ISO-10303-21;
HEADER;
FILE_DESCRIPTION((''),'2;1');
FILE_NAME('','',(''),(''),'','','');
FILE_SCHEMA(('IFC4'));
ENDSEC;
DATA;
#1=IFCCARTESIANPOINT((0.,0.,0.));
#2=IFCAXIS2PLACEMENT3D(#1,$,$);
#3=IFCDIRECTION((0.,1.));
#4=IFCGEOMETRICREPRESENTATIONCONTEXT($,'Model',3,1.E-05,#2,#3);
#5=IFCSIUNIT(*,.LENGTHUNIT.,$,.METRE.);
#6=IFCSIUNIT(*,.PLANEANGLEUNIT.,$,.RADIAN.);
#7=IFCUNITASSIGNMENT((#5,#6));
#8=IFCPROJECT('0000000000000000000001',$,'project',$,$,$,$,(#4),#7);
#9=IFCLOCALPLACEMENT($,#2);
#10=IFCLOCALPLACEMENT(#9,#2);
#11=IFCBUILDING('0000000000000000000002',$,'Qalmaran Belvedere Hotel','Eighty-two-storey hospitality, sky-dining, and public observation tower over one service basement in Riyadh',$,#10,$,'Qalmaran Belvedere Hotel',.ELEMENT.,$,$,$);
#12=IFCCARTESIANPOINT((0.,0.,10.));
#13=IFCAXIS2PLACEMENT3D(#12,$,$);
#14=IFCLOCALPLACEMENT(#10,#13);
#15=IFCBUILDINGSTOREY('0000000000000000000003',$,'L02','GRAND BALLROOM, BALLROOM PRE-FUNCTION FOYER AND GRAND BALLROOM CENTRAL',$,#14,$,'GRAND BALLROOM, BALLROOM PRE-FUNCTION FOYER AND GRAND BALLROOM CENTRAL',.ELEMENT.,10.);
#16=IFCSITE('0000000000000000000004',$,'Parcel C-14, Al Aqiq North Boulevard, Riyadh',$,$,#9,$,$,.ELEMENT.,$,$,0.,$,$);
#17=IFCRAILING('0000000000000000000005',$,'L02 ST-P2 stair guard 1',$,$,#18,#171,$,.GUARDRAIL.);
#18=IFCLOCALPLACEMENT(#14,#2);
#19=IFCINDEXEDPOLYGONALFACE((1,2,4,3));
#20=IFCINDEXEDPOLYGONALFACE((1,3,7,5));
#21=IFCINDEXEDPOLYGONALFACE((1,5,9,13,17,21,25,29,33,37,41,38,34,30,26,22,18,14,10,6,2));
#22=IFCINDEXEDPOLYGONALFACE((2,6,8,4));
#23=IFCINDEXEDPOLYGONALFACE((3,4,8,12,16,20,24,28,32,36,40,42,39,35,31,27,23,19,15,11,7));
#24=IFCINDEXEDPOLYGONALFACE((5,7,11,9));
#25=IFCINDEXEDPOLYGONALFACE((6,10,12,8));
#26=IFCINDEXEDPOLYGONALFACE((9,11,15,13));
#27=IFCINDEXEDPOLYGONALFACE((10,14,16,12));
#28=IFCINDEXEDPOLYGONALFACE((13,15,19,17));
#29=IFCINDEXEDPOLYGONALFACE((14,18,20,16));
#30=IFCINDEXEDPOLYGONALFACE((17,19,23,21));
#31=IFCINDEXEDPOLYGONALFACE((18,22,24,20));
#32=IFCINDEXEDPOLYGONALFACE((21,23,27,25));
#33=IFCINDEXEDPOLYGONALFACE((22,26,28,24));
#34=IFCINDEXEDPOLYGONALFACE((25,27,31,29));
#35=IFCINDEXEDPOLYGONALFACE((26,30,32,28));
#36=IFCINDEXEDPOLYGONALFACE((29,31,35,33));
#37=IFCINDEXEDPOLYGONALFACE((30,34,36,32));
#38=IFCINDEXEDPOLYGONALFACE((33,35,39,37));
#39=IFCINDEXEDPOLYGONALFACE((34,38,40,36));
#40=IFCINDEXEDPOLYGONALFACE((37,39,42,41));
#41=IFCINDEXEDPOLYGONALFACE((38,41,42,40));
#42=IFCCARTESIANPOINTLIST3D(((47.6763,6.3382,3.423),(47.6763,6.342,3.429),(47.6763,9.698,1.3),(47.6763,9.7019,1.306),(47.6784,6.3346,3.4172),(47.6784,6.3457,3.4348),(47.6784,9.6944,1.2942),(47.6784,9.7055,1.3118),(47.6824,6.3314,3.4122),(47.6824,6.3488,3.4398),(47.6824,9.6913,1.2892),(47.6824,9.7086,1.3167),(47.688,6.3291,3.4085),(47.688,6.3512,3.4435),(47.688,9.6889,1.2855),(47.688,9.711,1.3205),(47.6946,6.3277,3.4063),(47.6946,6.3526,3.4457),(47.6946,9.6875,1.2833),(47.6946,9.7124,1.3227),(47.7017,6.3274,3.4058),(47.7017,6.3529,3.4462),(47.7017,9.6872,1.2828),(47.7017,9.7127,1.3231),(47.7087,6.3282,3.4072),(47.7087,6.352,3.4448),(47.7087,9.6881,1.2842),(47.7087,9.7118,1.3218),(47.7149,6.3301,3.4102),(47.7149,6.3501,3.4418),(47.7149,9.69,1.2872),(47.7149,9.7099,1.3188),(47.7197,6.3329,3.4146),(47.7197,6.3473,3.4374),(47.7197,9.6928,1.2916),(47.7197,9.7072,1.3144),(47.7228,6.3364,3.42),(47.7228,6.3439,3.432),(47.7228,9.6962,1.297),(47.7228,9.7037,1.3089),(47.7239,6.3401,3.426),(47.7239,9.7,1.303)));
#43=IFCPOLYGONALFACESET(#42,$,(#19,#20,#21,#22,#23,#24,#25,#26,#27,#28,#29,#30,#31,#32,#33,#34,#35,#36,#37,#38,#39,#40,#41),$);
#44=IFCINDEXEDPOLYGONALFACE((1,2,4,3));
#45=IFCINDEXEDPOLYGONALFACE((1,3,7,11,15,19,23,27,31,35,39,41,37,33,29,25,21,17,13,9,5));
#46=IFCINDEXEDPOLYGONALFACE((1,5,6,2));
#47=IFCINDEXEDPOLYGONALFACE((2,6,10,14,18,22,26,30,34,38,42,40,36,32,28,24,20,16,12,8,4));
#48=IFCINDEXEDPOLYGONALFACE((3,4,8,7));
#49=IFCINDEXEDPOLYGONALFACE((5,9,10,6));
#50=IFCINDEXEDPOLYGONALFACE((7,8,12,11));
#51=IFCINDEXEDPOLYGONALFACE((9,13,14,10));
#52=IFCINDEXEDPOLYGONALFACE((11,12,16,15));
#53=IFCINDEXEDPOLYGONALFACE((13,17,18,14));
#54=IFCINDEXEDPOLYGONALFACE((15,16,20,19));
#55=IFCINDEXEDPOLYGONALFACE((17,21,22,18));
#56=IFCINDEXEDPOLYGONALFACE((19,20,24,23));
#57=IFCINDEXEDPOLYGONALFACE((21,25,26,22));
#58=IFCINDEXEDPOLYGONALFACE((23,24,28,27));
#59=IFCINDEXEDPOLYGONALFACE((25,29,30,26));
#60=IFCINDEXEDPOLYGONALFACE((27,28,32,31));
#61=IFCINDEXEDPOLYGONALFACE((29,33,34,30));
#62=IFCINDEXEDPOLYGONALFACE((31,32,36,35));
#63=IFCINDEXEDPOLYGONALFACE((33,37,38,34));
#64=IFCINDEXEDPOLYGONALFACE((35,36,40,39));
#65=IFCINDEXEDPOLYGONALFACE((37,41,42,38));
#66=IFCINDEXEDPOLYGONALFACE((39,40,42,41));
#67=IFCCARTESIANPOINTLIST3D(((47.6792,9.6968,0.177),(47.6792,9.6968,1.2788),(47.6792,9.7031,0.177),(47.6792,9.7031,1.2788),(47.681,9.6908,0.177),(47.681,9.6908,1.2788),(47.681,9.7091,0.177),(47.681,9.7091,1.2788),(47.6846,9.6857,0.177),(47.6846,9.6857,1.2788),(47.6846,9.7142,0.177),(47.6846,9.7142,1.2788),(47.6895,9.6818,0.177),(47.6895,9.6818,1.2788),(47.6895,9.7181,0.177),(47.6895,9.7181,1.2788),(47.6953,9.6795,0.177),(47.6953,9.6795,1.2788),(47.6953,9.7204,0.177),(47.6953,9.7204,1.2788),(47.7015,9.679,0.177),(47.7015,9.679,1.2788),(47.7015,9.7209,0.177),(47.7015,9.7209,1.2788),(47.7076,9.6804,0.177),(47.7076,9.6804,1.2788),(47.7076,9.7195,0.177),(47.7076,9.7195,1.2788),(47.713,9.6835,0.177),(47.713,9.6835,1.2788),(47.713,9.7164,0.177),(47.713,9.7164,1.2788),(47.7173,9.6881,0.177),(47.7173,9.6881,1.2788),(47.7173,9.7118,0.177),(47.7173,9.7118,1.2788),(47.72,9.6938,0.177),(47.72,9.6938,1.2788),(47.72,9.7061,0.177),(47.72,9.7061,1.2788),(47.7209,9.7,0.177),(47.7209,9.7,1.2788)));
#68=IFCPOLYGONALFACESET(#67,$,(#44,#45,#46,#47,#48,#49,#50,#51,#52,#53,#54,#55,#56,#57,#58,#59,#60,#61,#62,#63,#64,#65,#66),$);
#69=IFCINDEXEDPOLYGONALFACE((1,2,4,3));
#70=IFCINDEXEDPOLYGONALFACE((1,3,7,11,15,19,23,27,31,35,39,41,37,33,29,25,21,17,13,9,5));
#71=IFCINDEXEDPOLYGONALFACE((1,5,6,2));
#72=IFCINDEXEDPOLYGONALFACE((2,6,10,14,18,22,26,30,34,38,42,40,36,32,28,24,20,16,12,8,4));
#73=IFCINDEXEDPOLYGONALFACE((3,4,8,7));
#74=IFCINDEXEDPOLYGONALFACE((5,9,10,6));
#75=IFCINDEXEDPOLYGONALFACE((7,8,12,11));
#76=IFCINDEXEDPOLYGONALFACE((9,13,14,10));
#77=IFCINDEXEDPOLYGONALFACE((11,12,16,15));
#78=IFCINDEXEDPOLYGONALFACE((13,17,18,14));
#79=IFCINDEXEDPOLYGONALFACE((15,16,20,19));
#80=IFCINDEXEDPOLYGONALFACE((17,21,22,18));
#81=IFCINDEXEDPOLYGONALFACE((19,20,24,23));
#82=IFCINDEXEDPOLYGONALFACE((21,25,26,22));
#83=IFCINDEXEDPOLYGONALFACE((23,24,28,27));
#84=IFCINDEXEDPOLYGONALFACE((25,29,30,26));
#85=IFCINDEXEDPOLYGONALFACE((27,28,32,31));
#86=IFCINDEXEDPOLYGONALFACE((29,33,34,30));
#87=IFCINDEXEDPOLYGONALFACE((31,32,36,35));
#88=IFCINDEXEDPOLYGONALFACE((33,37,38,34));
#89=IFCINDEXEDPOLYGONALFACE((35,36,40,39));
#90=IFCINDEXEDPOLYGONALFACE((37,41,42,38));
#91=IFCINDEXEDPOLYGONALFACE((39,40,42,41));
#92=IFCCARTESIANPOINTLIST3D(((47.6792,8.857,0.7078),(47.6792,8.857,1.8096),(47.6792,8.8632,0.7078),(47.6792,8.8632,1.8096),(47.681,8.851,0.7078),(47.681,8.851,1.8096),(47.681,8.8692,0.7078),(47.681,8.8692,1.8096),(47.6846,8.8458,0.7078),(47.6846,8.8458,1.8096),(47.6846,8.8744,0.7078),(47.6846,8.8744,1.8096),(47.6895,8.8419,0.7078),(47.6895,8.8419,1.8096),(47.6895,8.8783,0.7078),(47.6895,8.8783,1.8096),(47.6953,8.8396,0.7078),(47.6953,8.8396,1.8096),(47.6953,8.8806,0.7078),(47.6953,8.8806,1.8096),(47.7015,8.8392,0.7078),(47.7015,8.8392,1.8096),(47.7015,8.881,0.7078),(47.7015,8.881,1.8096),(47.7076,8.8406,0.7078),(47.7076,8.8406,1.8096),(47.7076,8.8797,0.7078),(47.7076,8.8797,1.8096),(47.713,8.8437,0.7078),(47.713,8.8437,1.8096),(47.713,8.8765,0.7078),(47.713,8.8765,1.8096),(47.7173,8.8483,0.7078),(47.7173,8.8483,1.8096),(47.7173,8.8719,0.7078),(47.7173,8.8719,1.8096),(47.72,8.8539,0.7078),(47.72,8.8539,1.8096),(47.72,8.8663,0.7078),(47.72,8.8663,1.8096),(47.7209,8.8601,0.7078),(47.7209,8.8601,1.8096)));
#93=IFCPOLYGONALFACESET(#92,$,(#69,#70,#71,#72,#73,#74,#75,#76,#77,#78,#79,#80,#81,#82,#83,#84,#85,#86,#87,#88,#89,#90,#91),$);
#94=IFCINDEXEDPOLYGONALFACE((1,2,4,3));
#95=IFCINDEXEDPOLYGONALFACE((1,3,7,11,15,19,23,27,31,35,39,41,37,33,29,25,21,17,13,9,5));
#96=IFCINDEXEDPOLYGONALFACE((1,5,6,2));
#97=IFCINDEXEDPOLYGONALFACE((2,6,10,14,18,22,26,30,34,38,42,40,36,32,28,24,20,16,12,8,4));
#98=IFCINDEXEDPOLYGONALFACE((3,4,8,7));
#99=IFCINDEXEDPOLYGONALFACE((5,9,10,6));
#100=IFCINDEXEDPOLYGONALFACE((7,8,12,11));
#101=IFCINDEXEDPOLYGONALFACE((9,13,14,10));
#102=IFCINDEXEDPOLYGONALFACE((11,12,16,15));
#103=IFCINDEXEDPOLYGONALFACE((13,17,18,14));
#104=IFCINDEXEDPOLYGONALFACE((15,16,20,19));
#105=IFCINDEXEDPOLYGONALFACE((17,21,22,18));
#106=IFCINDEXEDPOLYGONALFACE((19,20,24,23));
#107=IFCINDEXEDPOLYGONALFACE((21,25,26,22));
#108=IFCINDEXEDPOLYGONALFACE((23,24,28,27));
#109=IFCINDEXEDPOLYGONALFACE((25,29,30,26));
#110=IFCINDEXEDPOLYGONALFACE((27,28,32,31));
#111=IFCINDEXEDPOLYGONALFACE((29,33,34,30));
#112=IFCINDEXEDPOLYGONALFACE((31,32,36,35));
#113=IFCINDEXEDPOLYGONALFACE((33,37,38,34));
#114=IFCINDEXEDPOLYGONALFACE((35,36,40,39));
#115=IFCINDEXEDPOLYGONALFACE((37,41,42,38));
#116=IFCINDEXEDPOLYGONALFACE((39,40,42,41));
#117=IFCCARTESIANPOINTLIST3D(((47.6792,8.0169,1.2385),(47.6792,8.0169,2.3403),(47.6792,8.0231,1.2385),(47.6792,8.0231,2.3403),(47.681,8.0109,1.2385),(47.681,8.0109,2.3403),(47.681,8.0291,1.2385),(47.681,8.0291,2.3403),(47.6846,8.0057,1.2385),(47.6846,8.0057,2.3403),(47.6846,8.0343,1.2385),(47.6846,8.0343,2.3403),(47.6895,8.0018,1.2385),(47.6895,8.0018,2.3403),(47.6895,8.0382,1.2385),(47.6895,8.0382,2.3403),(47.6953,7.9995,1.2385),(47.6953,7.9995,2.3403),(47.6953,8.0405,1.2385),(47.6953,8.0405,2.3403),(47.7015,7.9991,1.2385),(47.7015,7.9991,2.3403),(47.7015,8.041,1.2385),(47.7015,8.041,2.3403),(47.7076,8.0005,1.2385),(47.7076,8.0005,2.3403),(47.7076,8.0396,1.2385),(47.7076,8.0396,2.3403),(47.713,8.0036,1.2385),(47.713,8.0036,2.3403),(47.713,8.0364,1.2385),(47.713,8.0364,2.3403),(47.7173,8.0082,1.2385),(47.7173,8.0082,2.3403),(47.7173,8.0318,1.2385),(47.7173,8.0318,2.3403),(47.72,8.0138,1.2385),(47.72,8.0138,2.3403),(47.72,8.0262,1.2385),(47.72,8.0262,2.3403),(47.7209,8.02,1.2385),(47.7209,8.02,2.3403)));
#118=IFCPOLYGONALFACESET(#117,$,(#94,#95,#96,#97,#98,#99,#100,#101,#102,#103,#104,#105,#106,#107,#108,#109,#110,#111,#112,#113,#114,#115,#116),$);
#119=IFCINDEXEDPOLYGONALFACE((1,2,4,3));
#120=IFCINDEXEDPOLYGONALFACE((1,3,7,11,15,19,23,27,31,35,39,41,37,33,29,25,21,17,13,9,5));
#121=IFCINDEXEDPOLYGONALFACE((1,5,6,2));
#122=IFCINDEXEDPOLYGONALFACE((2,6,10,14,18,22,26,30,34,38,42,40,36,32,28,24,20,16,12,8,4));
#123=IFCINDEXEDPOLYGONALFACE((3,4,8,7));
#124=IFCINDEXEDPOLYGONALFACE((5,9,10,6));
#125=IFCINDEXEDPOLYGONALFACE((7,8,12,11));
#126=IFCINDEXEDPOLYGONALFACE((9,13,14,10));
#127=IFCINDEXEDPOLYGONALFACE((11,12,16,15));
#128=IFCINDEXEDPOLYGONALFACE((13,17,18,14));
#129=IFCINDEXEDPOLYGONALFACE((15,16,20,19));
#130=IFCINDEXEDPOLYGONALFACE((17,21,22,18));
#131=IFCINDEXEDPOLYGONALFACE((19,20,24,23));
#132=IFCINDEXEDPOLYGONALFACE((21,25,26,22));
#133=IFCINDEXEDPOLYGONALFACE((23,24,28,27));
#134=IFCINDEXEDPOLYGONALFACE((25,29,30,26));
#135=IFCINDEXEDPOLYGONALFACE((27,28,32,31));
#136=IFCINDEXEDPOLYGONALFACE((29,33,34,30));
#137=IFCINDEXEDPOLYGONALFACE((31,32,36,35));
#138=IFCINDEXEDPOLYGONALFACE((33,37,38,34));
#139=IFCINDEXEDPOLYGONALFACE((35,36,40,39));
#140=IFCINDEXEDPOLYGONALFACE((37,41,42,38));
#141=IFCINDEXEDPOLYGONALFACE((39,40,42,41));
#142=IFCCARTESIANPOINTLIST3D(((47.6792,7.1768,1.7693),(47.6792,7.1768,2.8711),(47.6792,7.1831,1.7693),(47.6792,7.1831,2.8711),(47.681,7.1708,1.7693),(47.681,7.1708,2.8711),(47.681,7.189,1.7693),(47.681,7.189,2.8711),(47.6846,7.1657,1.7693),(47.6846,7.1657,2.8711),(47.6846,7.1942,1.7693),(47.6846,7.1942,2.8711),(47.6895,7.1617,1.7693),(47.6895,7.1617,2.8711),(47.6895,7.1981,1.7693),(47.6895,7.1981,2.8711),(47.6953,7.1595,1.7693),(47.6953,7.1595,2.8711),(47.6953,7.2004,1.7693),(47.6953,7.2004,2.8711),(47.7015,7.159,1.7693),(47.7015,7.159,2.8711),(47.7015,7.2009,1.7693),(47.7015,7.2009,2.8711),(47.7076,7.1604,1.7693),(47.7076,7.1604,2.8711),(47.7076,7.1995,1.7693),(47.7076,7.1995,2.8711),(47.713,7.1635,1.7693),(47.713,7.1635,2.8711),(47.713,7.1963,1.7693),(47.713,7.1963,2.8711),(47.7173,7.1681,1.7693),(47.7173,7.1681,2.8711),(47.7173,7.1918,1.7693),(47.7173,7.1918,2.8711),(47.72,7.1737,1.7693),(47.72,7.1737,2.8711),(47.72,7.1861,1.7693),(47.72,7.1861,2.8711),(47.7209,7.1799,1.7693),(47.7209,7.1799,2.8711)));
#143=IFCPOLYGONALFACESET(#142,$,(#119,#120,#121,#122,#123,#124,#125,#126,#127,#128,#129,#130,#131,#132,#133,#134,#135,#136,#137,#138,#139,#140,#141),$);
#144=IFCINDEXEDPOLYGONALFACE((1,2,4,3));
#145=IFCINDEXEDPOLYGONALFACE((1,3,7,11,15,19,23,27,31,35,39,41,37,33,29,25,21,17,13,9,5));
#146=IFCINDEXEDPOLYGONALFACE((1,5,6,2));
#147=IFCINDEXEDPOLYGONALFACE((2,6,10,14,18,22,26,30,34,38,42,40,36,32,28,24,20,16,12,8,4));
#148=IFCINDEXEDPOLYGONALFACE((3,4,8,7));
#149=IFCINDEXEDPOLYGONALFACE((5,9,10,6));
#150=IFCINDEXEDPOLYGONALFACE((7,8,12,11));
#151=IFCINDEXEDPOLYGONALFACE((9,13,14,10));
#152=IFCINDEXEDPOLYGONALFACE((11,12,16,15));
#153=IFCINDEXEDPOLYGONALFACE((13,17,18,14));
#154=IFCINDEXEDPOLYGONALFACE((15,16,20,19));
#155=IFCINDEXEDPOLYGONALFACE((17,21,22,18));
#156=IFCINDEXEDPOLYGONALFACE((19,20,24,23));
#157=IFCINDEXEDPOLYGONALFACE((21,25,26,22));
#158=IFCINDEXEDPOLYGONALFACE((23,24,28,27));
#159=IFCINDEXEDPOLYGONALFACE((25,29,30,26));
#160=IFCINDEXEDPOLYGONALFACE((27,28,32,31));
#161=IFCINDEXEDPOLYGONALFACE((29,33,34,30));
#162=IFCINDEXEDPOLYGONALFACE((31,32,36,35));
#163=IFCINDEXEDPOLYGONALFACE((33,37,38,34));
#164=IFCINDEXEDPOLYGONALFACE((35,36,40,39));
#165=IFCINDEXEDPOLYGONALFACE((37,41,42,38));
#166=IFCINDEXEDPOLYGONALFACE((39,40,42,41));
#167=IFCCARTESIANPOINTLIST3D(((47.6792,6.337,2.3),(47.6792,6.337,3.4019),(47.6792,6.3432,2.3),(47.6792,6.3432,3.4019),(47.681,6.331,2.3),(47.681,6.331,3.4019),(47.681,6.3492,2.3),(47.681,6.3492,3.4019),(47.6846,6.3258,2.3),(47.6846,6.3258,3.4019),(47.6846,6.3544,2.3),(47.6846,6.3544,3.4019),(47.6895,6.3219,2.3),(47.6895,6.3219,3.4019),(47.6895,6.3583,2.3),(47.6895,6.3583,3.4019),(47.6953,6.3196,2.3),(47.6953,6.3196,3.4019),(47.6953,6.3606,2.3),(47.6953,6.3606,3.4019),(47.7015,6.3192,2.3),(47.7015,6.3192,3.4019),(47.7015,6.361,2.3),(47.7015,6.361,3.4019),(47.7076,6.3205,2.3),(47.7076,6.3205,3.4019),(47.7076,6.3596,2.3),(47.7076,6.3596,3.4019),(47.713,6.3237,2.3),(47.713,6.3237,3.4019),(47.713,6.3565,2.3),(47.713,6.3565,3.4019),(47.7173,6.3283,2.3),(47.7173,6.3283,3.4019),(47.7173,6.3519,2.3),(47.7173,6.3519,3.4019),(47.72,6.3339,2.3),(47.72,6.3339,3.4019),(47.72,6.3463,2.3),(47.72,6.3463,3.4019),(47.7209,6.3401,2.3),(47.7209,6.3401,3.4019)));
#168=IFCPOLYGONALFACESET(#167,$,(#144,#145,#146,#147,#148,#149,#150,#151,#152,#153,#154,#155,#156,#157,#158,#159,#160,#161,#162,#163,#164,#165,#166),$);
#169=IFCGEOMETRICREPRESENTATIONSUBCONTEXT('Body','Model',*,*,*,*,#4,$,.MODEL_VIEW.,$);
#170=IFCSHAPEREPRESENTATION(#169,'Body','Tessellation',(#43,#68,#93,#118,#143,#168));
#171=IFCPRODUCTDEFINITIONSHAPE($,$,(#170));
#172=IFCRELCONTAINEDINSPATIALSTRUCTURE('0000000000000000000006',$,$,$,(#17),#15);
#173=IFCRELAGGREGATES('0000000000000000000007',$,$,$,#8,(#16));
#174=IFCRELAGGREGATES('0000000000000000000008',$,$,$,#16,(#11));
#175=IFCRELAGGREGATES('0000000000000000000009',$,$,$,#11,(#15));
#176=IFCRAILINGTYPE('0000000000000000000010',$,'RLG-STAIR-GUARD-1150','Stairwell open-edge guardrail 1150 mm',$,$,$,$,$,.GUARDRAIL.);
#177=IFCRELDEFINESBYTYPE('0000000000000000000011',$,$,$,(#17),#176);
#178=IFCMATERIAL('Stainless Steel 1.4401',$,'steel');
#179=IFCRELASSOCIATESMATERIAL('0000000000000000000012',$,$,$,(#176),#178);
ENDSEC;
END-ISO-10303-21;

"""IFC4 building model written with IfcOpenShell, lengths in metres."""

from ifc_helpers import new_model, si_unit, direction, frame, origin, origin_2d, place, context, subcontext, project, spatial, circle, extrude, material, type_object, element, save


model = new_model("IFC4")

# Units and contexts
model_context = context("Model", 3, precision=1e-05, world=origin(), true_north=direction((0.0, 1.0)))
body_context = subcontext(model_context, "Body", "Model", "MODEL_VIEW")
ifc_project = project(units=[si_unit("LENGTHUNIT", "METRE"), si_unit("PLANEANGLEUNIT", "RADIAN")], contexts=[model_context])

# Site, building, storey
site_placement = place(None, origin())
site = spatial("IfcSite", under=ifc_project, at=site_placement, Name="Parcel C-14, Al Aqiq North Boulevard, Riyadh", CompositionType="ELEMENT", RefElevation=0.0)
building_placement = place(site_placement, origin())
building = spatial("IfcBuilding", under=site, at=building_placement, Name="Qalmaran Belvedere Hotel", Description="Eighty-two-storey hospitality, sky-dining, and public observation tower over one service basement in Riyadh", LongName="Qalmaran Belvedere Hotel", CompositionType="ELEMENT")
storey_placement = place(building_placement, frame((0.0, 0.0, 10.0)))
storey = spatial("IfcBuildingStorey", under=building, at=storey_placement, Name="L02", Description="GRAND BALLROOM, BALLROOM PRE-FUNCTION FOYER AND GRAND BALLROOM CENTRAL", LongName="GRAND BALLROOM, BALLROOM PRE-FUNCTION FOYER AND GRAND BALLROOM CENTRAL", CompositionType="ELEMENT", Elevation=10.0)

# Railing
ifc_material_1 = material(Name="Stainless Steel 1.4401", Category="steel")
railing_type_1 = type_object("IfcRailingType", Name="RLG-STAIR-GUARD-1150", Description="Stairwell open-edge guardrail 1150 mm", PredefinedType="GUARDRAIL", material=ifc_material_1)
railing_1_placement = place(storey_placement, frame((47.7, 9.7, 0.177)))
element("IfcRailing", 1, at=railing_1_placement, inside=storey, type_object=railing_type_1, Name="L02 ST-P2 stair guard 1", PredefinedType="GUARDRAIL", context=body_context, shape_type="SweptSolid", body=[
    extrude(circle(Radius=0.0239, at=origin_2d()), frame((0.0, 0.0, 1.126), z_axis=(0.0, -0.845372, 0.534178), x_axis=(1.0, 0.0, 0.0)), (0.0, 0.0, 1.0), 3.9744),
    extrude(circle(Radius=0.021, at=origin_2d()), origin(), (0.0, 0.0, 1.0), 1.1018),
    extrude(circle(Radius=0.021, at=origin_2d()), frame((0.0, -0.8398, 0.5308)), (0.0, 0.0, 1.0), 1.1018),
    extrude(circle(Radius=0.021, at=origin_2d()), frame((0.0, -1.6799, 1.0615)), (0.0, 0.0, 1.0), 1.1018),
    extrude(circle(Radius=0.021, at=origin_2d()), frame((0.0, -2.52, 1.5923)), (0.0, 0.0, 1.0), 1.1018),
    extrude(circle(Radius=0.021, at=origin_2d()), frame((0.0, -3.3599, 2.123)), (0.0, 0.0, 1.0), 1.1018),
])

save(model, "model.ifc")
